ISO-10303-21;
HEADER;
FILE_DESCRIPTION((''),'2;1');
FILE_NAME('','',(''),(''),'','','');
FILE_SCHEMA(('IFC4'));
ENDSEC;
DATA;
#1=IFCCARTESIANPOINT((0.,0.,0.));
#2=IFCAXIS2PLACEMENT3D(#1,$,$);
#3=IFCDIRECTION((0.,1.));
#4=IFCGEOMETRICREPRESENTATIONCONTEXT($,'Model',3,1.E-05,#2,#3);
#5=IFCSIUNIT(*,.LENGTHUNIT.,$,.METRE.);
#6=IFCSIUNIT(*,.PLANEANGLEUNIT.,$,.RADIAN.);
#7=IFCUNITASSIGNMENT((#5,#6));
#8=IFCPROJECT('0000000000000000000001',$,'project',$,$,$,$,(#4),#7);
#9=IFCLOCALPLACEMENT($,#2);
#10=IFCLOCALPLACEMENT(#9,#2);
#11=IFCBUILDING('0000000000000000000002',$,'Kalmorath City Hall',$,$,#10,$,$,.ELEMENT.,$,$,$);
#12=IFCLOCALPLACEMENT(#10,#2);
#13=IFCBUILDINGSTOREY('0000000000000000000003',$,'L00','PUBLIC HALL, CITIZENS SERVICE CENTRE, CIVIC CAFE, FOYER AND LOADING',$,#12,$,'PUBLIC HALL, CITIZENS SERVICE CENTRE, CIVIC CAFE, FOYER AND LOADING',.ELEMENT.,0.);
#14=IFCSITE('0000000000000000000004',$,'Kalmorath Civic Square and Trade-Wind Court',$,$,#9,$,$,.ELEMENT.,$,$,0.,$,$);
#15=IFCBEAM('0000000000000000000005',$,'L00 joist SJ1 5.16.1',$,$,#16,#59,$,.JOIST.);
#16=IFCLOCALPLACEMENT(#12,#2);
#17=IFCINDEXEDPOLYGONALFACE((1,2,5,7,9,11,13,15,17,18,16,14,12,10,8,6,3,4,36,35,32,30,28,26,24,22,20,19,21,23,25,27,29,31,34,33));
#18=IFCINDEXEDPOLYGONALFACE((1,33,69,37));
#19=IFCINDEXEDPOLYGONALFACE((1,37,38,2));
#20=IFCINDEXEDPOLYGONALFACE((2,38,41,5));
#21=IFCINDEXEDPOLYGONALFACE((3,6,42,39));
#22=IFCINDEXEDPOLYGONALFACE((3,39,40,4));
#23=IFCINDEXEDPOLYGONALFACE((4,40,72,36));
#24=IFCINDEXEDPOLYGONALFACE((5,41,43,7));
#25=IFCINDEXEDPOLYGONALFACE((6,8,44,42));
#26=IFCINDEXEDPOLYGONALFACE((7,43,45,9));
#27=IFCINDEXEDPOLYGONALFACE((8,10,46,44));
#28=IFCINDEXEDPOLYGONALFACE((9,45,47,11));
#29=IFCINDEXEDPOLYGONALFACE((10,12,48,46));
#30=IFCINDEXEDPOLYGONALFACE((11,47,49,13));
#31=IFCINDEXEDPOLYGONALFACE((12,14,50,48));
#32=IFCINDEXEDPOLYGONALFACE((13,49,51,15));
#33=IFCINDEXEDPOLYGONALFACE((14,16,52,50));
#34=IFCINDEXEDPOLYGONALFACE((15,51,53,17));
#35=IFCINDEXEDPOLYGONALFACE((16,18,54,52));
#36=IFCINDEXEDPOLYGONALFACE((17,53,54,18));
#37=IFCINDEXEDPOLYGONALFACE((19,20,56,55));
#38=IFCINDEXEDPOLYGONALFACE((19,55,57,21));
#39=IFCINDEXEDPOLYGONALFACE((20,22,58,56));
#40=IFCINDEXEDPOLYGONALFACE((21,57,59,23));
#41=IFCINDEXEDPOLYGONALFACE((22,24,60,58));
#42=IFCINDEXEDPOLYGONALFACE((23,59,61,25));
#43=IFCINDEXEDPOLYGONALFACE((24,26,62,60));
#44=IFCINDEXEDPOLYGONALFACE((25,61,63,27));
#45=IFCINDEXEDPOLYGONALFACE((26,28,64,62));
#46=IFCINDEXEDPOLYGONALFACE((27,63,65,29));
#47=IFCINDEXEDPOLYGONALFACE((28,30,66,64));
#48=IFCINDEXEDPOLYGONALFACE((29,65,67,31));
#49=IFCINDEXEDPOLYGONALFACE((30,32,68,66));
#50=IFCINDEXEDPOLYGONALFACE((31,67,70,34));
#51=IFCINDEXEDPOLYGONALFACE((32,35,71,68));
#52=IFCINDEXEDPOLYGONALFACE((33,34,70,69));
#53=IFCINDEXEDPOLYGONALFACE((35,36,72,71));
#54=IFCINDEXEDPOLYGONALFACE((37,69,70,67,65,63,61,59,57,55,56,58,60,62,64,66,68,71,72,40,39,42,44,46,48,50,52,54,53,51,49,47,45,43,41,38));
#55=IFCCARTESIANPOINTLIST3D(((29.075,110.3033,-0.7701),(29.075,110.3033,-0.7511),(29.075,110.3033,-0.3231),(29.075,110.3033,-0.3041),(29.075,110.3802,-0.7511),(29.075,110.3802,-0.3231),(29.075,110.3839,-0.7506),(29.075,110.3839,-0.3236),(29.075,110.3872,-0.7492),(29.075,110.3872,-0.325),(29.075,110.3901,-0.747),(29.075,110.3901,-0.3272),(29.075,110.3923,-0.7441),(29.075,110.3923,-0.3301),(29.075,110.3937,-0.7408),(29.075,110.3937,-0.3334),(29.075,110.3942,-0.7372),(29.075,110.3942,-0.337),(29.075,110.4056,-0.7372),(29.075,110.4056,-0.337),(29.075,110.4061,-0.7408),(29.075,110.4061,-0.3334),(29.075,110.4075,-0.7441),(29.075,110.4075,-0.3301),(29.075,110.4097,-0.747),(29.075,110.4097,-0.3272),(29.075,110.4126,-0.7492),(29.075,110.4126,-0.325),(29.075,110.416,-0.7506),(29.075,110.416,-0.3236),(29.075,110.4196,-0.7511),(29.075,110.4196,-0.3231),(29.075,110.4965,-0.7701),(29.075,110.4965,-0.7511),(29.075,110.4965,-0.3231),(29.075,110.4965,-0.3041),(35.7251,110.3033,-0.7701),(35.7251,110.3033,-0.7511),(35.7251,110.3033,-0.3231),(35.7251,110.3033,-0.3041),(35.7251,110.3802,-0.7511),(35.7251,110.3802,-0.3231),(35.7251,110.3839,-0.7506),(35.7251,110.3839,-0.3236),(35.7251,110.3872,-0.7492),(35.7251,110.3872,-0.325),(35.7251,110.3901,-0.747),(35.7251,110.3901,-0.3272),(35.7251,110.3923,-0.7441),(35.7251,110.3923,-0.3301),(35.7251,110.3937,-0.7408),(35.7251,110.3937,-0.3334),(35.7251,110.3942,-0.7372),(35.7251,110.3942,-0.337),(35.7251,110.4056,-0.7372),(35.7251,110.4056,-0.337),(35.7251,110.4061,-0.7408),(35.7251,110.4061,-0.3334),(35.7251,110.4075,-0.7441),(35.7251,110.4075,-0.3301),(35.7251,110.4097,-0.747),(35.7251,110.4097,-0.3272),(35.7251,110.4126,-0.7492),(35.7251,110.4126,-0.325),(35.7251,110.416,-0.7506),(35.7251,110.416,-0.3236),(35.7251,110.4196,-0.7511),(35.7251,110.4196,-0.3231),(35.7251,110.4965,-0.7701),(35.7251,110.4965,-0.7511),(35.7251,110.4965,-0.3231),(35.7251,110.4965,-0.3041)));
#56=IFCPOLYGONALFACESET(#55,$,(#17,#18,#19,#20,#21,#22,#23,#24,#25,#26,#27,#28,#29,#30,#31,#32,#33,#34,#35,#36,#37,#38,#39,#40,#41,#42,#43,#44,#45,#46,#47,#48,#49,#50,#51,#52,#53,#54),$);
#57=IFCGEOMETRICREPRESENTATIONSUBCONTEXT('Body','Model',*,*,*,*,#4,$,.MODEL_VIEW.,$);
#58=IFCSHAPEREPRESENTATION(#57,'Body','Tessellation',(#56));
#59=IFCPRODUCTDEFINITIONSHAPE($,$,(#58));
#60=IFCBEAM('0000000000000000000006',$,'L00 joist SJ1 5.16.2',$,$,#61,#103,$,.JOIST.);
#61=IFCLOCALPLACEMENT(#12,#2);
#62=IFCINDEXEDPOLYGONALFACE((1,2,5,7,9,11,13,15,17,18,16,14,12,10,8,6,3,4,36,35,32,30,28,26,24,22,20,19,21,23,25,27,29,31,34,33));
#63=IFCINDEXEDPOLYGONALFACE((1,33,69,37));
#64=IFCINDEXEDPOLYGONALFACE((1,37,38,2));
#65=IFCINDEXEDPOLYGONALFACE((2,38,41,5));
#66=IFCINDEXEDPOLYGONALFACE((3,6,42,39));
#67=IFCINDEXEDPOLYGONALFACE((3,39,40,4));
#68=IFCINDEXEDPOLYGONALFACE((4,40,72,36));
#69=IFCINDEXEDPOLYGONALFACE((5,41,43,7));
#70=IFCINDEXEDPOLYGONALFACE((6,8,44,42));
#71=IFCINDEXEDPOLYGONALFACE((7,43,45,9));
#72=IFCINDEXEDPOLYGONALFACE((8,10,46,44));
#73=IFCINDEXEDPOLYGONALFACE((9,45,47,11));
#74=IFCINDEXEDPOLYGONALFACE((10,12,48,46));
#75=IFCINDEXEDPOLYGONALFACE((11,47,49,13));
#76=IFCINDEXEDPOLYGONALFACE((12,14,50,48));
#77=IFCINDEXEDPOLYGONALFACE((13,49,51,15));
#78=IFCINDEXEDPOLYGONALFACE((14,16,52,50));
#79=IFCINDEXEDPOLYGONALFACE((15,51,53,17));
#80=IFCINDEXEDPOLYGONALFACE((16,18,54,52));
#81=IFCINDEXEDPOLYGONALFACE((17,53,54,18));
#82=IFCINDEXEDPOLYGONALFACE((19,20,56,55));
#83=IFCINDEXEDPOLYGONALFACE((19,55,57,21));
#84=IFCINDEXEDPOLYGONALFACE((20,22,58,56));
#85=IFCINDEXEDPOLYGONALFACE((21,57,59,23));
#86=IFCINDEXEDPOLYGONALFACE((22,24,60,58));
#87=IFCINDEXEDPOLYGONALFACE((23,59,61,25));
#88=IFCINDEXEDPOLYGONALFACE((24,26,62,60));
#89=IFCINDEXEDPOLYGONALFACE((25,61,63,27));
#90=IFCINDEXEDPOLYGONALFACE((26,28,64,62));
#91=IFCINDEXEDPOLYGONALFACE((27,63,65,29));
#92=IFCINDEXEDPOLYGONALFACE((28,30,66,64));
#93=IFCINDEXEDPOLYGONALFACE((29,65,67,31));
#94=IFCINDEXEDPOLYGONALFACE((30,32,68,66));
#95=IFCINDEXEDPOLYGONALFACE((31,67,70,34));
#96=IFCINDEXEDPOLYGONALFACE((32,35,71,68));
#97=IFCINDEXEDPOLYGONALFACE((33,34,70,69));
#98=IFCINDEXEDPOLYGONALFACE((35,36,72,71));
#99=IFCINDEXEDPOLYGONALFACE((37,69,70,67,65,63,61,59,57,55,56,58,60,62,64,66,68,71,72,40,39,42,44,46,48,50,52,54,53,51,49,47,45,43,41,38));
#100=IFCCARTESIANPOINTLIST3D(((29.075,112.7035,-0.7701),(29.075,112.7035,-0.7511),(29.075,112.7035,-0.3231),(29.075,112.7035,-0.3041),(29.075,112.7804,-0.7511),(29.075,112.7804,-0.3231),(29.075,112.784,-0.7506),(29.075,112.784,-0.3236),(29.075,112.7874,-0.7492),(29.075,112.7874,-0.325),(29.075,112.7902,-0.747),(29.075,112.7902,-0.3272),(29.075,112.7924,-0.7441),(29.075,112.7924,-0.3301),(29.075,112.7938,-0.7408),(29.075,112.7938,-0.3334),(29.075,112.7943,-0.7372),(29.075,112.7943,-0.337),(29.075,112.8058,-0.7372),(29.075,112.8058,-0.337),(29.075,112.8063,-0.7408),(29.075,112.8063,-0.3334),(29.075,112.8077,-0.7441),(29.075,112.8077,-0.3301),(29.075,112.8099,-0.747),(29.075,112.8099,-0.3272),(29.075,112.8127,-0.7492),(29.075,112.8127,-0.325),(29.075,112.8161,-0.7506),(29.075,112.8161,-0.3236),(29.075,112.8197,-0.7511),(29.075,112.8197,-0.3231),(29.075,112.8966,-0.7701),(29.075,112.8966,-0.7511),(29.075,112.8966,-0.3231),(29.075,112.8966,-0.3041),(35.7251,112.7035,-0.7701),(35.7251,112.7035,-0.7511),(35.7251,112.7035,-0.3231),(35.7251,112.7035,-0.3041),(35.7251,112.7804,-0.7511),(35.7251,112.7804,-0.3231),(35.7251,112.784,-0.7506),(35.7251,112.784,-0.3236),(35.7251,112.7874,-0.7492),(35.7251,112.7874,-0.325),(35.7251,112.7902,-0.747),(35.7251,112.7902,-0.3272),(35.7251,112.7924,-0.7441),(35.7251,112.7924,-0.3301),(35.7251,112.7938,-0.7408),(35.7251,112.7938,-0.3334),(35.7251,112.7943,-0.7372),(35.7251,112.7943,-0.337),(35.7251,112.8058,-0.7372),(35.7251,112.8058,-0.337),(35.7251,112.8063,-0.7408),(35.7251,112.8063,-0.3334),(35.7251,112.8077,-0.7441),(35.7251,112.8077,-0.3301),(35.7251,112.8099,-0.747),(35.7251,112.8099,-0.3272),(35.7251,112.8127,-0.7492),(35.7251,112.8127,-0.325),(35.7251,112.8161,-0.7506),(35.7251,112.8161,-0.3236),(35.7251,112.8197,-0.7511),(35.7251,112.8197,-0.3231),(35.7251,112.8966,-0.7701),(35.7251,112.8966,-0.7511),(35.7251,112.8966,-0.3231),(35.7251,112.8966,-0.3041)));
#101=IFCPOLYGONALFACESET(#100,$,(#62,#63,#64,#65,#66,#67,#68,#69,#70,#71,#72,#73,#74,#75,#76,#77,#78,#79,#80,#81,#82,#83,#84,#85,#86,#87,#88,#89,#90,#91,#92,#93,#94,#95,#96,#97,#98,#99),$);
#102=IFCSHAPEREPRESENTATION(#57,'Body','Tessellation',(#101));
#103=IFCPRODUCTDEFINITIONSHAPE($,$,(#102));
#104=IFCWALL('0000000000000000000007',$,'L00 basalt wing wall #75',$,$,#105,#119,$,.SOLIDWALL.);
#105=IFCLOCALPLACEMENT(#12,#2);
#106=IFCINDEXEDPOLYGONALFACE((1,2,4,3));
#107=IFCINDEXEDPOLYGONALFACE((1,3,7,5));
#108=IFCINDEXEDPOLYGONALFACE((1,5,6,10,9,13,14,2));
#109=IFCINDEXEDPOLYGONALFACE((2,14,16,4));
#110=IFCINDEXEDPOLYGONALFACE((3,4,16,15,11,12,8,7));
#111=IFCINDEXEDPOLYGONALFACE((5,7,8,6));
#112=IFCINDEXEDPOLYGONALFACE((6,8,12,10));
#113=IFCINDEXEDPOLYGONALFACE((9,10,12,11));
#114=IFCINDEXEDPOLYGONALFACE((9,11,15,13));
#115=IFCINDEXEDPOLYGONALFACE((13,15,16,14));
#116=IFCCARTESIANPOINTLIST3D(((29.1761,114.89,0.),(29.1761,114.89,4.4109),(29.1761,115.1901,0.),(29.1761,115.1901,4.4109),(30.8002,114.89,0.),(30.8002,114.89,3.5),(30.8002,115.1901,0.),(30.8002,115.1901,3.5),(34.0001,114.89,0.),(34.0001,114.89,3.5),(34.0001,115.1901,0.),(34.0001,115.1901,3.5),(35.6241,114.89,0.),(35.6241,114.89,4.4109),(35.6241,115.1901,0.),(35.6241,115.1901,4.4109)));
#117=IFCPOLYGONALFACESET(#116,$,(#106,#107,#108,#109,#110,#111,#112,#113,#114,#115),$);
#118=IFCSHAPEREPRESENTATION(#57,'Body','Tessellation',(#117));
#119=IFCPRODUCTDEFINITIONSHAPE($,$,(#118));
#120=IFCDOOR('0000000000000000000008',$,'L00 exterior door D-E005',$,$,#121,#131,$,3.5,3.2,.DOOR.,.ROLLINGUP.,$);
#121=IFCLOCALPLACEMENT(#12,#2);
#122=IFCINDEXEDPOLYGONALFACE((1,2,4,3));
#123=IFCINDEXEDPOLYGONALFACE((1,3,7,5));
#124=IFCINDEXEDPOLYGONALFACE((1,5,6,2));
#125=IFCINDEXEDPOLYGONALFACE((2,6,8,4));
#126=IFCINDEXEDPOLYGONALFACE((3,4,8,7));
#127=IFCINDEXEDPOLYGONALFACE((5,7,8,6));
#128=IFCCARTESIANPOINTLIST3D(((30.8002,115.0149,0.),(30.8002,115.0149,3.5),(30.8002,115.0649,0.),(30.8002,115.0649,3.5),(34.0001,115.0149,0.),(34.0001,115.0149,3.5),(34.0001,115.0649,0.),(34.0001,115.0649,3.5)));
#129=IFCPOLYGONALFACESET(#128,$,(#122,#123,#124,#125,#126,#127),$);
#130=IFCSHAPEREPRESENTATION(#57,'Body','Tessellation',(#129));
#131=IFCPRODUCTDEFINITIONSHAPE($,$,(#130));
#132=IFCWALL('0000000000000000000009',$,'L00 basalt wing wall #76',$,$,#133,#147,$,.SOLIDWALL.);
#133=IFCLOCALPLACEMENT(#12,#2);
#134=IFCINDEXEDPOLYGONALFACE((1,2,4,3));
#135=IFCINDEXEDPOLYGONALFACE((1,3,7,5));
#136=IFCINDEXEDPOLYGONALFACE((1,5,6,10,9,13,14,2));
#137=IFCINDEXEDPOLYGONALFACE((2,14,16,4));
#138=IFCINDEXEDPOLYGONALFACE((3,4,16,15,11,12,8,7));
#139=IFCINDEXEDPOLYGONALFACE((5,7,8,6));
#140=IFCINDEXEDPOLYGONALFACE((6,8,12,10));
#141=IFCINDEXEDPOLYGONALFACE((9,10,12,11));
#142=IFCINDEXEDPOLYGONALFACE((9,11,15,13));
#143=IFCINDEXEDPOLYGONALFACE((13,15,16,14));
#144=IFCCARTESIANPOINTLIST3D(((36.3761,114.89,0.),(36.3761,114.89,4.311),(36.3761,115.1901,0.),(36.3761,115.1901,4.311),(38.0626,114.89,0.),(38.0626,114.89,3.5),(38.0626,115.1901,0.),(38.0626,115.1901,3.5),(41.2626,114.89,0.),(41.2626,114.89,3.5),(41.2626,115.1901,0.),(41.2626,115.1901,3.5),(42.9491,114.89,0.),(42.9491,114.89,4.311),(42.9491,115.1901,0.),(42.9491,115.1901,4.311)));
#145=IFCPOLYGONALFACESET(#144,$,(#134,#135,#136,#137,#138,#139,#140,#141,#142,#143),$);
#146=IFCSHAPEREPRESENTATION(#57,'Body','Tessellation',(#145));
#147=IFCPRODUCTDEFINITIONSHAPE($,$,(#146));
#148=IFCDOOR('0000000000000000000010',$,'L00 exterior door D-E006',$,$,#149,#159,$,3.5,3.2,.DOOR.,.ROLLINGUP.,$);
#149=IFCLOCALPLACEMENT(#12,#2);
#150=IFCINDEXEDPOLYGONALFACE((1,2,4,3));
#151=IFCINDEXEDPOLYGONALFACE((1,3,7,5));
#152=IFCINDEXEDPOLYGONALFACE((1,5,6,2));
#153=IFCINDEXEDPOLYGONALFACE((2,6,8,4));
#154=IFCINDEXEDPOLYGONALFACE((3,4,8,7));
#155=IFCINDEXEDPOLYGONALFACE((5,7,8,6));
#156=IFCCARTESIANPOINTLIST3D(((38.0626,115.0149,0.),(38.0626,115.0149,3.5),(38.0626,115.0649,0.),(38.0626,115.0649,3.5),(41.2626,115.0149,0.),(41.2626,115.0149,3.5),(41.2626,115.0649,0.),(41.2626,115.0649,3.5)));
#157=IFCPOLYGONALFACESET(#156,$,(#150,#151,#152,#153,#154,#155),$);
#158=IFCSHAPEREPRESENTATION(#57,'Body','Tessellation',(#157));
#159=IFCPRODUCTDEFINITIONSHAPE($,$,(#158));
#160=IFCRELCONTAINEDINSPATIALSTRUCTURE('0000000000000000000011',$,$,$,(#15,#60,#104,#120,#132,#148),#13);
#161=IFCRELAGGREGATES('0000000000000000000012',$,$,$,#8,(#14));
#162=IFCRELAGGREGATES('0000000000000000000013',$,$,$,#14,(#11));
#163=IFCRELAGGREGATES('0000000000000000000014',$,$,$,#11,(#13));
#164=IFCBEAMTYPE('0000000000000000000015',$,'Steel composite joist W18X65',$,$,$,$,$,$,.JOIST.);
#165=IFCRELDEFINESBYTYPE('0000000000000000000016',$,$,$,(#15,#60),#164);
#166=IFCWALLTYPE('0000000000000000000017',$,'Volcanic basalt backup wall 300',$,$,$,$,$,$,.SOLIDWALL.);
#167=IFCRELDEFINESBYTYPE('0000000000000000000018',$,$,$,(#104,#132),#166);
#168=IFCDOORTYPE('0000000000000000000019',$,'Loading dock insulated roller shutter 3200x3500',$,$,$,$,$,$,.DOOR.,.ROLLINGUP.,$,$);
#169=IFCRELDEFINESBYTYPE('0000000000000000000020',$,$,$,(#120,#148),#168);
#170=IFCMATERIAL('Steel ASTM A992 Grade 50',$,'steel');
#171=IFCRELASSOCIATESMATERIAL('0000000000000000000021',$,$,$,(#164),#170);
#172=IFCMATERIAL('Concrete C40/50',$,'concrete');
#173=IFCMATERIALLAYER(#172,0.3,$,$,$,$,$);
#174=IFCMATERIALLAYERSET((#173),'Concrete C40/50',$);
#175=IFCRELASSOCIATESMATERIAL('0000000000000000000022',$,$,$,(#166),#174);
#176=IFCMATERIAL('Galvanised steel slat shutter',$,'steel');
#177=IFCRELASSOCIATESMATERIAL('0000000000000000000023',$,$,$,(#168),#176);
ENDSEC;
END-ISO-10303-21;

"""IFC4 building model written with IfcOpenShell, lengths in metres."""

from ifc_helpers import new_model, si_unit, direction, frame, frame_2d, origin, origin_2d, place, context, subcontext, project, spatial, rectangle, i_section, extrude, material, layer, layer_set, material_profile, profile_set, type_object, element, fill, save


model = new_model("IFC4")

# Units and contexts
model_context = context("Model", 3, precision=1e-05, world=origin(), true_north=direction((0.0, 1.0)))
body_context = subcontext(model_context, "Body", "Model", "MODEL_VIEW")
ifc_project = project(units=[si_unit("LENGTHUNIT", "METRE"), si_unit("PLANEANGLEUNIT", "RADIAN")], contexts=[model_context])

# Site, building, storey
site_placement = place(None, origin())
site = spatial("IfcSite", under=ifc_project, at=site_placement, Name="Kalmorath Civic Square and Trade-Wind Court", CompositionType="ELEMENT", RefElevation=0.0)
building_placement = place(site_placement, origin())
building = spatial("IfcBuilding", under=site, at=building_placement, Name="Kalmorath City Hall", CompositionType="ELEMENT")
storey_placement = place(building_placement, origin())
storey = spatial("IfcBuildingStorey", under=building, at=storey_placement, Name="L00", Description="PUBLIC HALL, CITIZENS SERVICE CENTRE, CIVIC CAFE, FOYER AND LOADING", LongName="PUBLIC HALL, CITIZENS SERVICE CENTRE, CIVIC CAFE, FOYER AND LOADING", CompositionType="ELEMENT", Elevation=0.0)

# Beams
ifc_material_1 = material(Name="Steel ASTM A992 Grade 50", Category="steel")
ifc_material_profile_1 = material_profile(ifc_material_1, i_section(OverallWidth=0.1931, OverallDepth=0.4661, WebThickness=0.0115, FlangeThickness=0.019, FilletRadius=0.0139, at=origin_2d()), Name="W18X65")
ifc_profile_set_1 = profile_set([ifc_material_profile_1], Name="Steel ASTM A992 Grade 50")
beam_type_1 = type_object("IfcBeamType", Name="Steel composite joist W18X65", PredefinedType="JOIST", material=ifc_profile_set_1)
for number, where, z_axis, x_axis, name in (
    (1, (29.075, 110.3999, -0.5371), (1.0, 0.0, 0.0), (0.0, 1.0, 0.0), "L00 joist SJ1 5.16.1"),
    (2, (29.075, 112.8, -0.5371), (1.0, 0.0, 0.0), (0.0, 1.0, 0.0), "L00 joist SJ1 5.16.2"),
):
    element("IfcBeam", number, at=place(storey_placement, frame(where, z_axis=z_axis, x_axis=x_axis)), inside=storey, type_object=beam_type_1, Name=name, PredefinedType="JOIST", context=body_context, shape_type="SweptSolid", body=[
        extrude(i_section(OverallWidth=0.1931, OverallDepth=0.4661, WebThickness=0.0115, FlangeThickness=0.019, FilletRadius=0.0139, at=origin_2d()), origin(), (0.0, 0.0, 1.0), 6.6501),
    ])

# Walls, openings, doors
ifc_material_2 = material(Name="Concrete C40/50", Category="concrete")
ifc_layer_1 = layer(ifc_material_2, 0.3)
ifc_layer_set_1 = layer_set([ifc_layer_1], Name="Concrete C40/50")
wall_type = type_object("IfcWallType", Name="Volcanic basalt backup wall 300", PredefinedType="SOLIDWALL", material=ifc_layer_set_1)
wall_1_placement = place(storey_placement, frame((29.176, 115.04, 0.0), z_axis=(0.0, 0.0, 1.0), x_axis=(1.0, 0.0, 0.0)))
wall_1 = element("IfcWall", 3, at=wall_1_placement, inside=storey, type_object=wall_type, Name="L00 basalt wing wall #75", PredefinedType="SOLIDWALL", context=body_context, shape_type="SweptSolid", body=[
    extrude(rectangle(XDim=6.448, YDim=0.3, at=frame_2d((3.2241, 0.0))), origin(), (0.0, 0.0, 1.0), 4.4109),
])
opening_1_placement = place(wall_1_placement, frame((1.624, 0.0, 0.0)))
opening_1 = element("IfcOpeningElement", 4, at=opening_1_placement, cuts=wall_1, PredefinedType="OPENING", context=body_context, shape_type="SweptSolid", body=[
    extrude(rectangle(XDim=3.2, YDim=3.5, at=frame_2d((1.6001, 1.75))), frame((0.0, 0.1599, 0.0), z_axis=(0.0, -1.0, 0.0), x_axis=(1.0, 0.0, 0.0)), (0.0, 0.0, 1.0), 0.3201),
])
ifc_material_3 = material(Name="Galvanised steel slat shutter", Category="steel")
door_type = type_object("IfcDoorType", Name="Loading dock insulated roller shutter 3200x3500", OperationType="ROLLINGUP", PredefinedType="DOOR", material=ifc_material_3)
door_1_placement = place(opening_1_placement, origin())
door_1 = element("IfcDoor", 5, at=door_1_placement, inside=storey, type_object=door_type, Name="L00 exterior door D-E005", OperationType="ROLLINGUP", OverallHeight=3.5, OverallWidth=3.2, PredefinedType="DOOR", context=body_context, shape_type="SweptSolid", body=[
    extrude(rectangle(XDim=3.2, YDim=3.5, at=frame_2d((1.6001, 1.75))), frame((0.0, 0.0249, 0.0), z_axis=(0.0, -1.0, 0.0), x_axis=(1.0, 0.0, 0.0)), (0.0, 0.0, 1.0), 0.05),
])
fill(opening_1, door_1)
wall_2_placement = place(storey_placement, frame((36.376, 115.04, 0.0), z_axis=(0.0, 0.0, 1.0), x_axis=(1.0, 0.0, 0.0)))
wall_2 = element("IfcWall", 6, at=wall_2_placement, inside=storey, type_object=wall_type, Name="L00 basalt wing wall #76", PredefinedType="SOLIDWALL", context=body_context, shape_type="SweptSolid", body=[
    extrude(rectangle(XDim=6.573, YDim=0.3, at=frame_2d((3.2866, 0.0))), origin(), (0.0, 0.0, 1.0), 4.311),
])
opening_2_placement = place(wall_2_placement, frame((1.6865, 0.0, 0.0)))
opening_2 = element("IfcOpeningElement", 7, at=opening_2_placement, cuts=wall_2, PredefinedType="OPENING", context=body_context, shape_type="SweptSolid", body=[
    extrude(rectangle(XDim=3.2, YDim=3.5, at=frame_2d((1.6001, 1.75))), frame((0.0, 0.1599, 0.0), z_axis=(0.0, -1.0, 0.0), x_axis=(1.0, 0.0, 0.0)), (0.0, 0.0, 1.0), 0.3201),
])
door_2_placement = place(opening_2_placement, origin())
door_2 = element("IfcDoor", 8, at=door_2_placement, inside=storey, type_object=door_type, Name="L00 exterior door D-E006", OperationType="ROLLINGUP", OverallHeight=3.5, OverallWidth=3.2, PredefinedType="DOOR", context=body_context, shape_type="SweptSolid", body=[
    extrude(rectangle(XDim=3.2, YDim=3.5, at=frame_2d((1.6001, 1.75))), frame((0.0, 0.0249, 0.0), z_axis=(0.0, -1.0, 0.0), x_axis=(1.0, 0.0, 0.0)), (0.0, 0.0, 1.0), 0.05),
])
fill(opening_2, door_2)

save(model, "model.ifc")
